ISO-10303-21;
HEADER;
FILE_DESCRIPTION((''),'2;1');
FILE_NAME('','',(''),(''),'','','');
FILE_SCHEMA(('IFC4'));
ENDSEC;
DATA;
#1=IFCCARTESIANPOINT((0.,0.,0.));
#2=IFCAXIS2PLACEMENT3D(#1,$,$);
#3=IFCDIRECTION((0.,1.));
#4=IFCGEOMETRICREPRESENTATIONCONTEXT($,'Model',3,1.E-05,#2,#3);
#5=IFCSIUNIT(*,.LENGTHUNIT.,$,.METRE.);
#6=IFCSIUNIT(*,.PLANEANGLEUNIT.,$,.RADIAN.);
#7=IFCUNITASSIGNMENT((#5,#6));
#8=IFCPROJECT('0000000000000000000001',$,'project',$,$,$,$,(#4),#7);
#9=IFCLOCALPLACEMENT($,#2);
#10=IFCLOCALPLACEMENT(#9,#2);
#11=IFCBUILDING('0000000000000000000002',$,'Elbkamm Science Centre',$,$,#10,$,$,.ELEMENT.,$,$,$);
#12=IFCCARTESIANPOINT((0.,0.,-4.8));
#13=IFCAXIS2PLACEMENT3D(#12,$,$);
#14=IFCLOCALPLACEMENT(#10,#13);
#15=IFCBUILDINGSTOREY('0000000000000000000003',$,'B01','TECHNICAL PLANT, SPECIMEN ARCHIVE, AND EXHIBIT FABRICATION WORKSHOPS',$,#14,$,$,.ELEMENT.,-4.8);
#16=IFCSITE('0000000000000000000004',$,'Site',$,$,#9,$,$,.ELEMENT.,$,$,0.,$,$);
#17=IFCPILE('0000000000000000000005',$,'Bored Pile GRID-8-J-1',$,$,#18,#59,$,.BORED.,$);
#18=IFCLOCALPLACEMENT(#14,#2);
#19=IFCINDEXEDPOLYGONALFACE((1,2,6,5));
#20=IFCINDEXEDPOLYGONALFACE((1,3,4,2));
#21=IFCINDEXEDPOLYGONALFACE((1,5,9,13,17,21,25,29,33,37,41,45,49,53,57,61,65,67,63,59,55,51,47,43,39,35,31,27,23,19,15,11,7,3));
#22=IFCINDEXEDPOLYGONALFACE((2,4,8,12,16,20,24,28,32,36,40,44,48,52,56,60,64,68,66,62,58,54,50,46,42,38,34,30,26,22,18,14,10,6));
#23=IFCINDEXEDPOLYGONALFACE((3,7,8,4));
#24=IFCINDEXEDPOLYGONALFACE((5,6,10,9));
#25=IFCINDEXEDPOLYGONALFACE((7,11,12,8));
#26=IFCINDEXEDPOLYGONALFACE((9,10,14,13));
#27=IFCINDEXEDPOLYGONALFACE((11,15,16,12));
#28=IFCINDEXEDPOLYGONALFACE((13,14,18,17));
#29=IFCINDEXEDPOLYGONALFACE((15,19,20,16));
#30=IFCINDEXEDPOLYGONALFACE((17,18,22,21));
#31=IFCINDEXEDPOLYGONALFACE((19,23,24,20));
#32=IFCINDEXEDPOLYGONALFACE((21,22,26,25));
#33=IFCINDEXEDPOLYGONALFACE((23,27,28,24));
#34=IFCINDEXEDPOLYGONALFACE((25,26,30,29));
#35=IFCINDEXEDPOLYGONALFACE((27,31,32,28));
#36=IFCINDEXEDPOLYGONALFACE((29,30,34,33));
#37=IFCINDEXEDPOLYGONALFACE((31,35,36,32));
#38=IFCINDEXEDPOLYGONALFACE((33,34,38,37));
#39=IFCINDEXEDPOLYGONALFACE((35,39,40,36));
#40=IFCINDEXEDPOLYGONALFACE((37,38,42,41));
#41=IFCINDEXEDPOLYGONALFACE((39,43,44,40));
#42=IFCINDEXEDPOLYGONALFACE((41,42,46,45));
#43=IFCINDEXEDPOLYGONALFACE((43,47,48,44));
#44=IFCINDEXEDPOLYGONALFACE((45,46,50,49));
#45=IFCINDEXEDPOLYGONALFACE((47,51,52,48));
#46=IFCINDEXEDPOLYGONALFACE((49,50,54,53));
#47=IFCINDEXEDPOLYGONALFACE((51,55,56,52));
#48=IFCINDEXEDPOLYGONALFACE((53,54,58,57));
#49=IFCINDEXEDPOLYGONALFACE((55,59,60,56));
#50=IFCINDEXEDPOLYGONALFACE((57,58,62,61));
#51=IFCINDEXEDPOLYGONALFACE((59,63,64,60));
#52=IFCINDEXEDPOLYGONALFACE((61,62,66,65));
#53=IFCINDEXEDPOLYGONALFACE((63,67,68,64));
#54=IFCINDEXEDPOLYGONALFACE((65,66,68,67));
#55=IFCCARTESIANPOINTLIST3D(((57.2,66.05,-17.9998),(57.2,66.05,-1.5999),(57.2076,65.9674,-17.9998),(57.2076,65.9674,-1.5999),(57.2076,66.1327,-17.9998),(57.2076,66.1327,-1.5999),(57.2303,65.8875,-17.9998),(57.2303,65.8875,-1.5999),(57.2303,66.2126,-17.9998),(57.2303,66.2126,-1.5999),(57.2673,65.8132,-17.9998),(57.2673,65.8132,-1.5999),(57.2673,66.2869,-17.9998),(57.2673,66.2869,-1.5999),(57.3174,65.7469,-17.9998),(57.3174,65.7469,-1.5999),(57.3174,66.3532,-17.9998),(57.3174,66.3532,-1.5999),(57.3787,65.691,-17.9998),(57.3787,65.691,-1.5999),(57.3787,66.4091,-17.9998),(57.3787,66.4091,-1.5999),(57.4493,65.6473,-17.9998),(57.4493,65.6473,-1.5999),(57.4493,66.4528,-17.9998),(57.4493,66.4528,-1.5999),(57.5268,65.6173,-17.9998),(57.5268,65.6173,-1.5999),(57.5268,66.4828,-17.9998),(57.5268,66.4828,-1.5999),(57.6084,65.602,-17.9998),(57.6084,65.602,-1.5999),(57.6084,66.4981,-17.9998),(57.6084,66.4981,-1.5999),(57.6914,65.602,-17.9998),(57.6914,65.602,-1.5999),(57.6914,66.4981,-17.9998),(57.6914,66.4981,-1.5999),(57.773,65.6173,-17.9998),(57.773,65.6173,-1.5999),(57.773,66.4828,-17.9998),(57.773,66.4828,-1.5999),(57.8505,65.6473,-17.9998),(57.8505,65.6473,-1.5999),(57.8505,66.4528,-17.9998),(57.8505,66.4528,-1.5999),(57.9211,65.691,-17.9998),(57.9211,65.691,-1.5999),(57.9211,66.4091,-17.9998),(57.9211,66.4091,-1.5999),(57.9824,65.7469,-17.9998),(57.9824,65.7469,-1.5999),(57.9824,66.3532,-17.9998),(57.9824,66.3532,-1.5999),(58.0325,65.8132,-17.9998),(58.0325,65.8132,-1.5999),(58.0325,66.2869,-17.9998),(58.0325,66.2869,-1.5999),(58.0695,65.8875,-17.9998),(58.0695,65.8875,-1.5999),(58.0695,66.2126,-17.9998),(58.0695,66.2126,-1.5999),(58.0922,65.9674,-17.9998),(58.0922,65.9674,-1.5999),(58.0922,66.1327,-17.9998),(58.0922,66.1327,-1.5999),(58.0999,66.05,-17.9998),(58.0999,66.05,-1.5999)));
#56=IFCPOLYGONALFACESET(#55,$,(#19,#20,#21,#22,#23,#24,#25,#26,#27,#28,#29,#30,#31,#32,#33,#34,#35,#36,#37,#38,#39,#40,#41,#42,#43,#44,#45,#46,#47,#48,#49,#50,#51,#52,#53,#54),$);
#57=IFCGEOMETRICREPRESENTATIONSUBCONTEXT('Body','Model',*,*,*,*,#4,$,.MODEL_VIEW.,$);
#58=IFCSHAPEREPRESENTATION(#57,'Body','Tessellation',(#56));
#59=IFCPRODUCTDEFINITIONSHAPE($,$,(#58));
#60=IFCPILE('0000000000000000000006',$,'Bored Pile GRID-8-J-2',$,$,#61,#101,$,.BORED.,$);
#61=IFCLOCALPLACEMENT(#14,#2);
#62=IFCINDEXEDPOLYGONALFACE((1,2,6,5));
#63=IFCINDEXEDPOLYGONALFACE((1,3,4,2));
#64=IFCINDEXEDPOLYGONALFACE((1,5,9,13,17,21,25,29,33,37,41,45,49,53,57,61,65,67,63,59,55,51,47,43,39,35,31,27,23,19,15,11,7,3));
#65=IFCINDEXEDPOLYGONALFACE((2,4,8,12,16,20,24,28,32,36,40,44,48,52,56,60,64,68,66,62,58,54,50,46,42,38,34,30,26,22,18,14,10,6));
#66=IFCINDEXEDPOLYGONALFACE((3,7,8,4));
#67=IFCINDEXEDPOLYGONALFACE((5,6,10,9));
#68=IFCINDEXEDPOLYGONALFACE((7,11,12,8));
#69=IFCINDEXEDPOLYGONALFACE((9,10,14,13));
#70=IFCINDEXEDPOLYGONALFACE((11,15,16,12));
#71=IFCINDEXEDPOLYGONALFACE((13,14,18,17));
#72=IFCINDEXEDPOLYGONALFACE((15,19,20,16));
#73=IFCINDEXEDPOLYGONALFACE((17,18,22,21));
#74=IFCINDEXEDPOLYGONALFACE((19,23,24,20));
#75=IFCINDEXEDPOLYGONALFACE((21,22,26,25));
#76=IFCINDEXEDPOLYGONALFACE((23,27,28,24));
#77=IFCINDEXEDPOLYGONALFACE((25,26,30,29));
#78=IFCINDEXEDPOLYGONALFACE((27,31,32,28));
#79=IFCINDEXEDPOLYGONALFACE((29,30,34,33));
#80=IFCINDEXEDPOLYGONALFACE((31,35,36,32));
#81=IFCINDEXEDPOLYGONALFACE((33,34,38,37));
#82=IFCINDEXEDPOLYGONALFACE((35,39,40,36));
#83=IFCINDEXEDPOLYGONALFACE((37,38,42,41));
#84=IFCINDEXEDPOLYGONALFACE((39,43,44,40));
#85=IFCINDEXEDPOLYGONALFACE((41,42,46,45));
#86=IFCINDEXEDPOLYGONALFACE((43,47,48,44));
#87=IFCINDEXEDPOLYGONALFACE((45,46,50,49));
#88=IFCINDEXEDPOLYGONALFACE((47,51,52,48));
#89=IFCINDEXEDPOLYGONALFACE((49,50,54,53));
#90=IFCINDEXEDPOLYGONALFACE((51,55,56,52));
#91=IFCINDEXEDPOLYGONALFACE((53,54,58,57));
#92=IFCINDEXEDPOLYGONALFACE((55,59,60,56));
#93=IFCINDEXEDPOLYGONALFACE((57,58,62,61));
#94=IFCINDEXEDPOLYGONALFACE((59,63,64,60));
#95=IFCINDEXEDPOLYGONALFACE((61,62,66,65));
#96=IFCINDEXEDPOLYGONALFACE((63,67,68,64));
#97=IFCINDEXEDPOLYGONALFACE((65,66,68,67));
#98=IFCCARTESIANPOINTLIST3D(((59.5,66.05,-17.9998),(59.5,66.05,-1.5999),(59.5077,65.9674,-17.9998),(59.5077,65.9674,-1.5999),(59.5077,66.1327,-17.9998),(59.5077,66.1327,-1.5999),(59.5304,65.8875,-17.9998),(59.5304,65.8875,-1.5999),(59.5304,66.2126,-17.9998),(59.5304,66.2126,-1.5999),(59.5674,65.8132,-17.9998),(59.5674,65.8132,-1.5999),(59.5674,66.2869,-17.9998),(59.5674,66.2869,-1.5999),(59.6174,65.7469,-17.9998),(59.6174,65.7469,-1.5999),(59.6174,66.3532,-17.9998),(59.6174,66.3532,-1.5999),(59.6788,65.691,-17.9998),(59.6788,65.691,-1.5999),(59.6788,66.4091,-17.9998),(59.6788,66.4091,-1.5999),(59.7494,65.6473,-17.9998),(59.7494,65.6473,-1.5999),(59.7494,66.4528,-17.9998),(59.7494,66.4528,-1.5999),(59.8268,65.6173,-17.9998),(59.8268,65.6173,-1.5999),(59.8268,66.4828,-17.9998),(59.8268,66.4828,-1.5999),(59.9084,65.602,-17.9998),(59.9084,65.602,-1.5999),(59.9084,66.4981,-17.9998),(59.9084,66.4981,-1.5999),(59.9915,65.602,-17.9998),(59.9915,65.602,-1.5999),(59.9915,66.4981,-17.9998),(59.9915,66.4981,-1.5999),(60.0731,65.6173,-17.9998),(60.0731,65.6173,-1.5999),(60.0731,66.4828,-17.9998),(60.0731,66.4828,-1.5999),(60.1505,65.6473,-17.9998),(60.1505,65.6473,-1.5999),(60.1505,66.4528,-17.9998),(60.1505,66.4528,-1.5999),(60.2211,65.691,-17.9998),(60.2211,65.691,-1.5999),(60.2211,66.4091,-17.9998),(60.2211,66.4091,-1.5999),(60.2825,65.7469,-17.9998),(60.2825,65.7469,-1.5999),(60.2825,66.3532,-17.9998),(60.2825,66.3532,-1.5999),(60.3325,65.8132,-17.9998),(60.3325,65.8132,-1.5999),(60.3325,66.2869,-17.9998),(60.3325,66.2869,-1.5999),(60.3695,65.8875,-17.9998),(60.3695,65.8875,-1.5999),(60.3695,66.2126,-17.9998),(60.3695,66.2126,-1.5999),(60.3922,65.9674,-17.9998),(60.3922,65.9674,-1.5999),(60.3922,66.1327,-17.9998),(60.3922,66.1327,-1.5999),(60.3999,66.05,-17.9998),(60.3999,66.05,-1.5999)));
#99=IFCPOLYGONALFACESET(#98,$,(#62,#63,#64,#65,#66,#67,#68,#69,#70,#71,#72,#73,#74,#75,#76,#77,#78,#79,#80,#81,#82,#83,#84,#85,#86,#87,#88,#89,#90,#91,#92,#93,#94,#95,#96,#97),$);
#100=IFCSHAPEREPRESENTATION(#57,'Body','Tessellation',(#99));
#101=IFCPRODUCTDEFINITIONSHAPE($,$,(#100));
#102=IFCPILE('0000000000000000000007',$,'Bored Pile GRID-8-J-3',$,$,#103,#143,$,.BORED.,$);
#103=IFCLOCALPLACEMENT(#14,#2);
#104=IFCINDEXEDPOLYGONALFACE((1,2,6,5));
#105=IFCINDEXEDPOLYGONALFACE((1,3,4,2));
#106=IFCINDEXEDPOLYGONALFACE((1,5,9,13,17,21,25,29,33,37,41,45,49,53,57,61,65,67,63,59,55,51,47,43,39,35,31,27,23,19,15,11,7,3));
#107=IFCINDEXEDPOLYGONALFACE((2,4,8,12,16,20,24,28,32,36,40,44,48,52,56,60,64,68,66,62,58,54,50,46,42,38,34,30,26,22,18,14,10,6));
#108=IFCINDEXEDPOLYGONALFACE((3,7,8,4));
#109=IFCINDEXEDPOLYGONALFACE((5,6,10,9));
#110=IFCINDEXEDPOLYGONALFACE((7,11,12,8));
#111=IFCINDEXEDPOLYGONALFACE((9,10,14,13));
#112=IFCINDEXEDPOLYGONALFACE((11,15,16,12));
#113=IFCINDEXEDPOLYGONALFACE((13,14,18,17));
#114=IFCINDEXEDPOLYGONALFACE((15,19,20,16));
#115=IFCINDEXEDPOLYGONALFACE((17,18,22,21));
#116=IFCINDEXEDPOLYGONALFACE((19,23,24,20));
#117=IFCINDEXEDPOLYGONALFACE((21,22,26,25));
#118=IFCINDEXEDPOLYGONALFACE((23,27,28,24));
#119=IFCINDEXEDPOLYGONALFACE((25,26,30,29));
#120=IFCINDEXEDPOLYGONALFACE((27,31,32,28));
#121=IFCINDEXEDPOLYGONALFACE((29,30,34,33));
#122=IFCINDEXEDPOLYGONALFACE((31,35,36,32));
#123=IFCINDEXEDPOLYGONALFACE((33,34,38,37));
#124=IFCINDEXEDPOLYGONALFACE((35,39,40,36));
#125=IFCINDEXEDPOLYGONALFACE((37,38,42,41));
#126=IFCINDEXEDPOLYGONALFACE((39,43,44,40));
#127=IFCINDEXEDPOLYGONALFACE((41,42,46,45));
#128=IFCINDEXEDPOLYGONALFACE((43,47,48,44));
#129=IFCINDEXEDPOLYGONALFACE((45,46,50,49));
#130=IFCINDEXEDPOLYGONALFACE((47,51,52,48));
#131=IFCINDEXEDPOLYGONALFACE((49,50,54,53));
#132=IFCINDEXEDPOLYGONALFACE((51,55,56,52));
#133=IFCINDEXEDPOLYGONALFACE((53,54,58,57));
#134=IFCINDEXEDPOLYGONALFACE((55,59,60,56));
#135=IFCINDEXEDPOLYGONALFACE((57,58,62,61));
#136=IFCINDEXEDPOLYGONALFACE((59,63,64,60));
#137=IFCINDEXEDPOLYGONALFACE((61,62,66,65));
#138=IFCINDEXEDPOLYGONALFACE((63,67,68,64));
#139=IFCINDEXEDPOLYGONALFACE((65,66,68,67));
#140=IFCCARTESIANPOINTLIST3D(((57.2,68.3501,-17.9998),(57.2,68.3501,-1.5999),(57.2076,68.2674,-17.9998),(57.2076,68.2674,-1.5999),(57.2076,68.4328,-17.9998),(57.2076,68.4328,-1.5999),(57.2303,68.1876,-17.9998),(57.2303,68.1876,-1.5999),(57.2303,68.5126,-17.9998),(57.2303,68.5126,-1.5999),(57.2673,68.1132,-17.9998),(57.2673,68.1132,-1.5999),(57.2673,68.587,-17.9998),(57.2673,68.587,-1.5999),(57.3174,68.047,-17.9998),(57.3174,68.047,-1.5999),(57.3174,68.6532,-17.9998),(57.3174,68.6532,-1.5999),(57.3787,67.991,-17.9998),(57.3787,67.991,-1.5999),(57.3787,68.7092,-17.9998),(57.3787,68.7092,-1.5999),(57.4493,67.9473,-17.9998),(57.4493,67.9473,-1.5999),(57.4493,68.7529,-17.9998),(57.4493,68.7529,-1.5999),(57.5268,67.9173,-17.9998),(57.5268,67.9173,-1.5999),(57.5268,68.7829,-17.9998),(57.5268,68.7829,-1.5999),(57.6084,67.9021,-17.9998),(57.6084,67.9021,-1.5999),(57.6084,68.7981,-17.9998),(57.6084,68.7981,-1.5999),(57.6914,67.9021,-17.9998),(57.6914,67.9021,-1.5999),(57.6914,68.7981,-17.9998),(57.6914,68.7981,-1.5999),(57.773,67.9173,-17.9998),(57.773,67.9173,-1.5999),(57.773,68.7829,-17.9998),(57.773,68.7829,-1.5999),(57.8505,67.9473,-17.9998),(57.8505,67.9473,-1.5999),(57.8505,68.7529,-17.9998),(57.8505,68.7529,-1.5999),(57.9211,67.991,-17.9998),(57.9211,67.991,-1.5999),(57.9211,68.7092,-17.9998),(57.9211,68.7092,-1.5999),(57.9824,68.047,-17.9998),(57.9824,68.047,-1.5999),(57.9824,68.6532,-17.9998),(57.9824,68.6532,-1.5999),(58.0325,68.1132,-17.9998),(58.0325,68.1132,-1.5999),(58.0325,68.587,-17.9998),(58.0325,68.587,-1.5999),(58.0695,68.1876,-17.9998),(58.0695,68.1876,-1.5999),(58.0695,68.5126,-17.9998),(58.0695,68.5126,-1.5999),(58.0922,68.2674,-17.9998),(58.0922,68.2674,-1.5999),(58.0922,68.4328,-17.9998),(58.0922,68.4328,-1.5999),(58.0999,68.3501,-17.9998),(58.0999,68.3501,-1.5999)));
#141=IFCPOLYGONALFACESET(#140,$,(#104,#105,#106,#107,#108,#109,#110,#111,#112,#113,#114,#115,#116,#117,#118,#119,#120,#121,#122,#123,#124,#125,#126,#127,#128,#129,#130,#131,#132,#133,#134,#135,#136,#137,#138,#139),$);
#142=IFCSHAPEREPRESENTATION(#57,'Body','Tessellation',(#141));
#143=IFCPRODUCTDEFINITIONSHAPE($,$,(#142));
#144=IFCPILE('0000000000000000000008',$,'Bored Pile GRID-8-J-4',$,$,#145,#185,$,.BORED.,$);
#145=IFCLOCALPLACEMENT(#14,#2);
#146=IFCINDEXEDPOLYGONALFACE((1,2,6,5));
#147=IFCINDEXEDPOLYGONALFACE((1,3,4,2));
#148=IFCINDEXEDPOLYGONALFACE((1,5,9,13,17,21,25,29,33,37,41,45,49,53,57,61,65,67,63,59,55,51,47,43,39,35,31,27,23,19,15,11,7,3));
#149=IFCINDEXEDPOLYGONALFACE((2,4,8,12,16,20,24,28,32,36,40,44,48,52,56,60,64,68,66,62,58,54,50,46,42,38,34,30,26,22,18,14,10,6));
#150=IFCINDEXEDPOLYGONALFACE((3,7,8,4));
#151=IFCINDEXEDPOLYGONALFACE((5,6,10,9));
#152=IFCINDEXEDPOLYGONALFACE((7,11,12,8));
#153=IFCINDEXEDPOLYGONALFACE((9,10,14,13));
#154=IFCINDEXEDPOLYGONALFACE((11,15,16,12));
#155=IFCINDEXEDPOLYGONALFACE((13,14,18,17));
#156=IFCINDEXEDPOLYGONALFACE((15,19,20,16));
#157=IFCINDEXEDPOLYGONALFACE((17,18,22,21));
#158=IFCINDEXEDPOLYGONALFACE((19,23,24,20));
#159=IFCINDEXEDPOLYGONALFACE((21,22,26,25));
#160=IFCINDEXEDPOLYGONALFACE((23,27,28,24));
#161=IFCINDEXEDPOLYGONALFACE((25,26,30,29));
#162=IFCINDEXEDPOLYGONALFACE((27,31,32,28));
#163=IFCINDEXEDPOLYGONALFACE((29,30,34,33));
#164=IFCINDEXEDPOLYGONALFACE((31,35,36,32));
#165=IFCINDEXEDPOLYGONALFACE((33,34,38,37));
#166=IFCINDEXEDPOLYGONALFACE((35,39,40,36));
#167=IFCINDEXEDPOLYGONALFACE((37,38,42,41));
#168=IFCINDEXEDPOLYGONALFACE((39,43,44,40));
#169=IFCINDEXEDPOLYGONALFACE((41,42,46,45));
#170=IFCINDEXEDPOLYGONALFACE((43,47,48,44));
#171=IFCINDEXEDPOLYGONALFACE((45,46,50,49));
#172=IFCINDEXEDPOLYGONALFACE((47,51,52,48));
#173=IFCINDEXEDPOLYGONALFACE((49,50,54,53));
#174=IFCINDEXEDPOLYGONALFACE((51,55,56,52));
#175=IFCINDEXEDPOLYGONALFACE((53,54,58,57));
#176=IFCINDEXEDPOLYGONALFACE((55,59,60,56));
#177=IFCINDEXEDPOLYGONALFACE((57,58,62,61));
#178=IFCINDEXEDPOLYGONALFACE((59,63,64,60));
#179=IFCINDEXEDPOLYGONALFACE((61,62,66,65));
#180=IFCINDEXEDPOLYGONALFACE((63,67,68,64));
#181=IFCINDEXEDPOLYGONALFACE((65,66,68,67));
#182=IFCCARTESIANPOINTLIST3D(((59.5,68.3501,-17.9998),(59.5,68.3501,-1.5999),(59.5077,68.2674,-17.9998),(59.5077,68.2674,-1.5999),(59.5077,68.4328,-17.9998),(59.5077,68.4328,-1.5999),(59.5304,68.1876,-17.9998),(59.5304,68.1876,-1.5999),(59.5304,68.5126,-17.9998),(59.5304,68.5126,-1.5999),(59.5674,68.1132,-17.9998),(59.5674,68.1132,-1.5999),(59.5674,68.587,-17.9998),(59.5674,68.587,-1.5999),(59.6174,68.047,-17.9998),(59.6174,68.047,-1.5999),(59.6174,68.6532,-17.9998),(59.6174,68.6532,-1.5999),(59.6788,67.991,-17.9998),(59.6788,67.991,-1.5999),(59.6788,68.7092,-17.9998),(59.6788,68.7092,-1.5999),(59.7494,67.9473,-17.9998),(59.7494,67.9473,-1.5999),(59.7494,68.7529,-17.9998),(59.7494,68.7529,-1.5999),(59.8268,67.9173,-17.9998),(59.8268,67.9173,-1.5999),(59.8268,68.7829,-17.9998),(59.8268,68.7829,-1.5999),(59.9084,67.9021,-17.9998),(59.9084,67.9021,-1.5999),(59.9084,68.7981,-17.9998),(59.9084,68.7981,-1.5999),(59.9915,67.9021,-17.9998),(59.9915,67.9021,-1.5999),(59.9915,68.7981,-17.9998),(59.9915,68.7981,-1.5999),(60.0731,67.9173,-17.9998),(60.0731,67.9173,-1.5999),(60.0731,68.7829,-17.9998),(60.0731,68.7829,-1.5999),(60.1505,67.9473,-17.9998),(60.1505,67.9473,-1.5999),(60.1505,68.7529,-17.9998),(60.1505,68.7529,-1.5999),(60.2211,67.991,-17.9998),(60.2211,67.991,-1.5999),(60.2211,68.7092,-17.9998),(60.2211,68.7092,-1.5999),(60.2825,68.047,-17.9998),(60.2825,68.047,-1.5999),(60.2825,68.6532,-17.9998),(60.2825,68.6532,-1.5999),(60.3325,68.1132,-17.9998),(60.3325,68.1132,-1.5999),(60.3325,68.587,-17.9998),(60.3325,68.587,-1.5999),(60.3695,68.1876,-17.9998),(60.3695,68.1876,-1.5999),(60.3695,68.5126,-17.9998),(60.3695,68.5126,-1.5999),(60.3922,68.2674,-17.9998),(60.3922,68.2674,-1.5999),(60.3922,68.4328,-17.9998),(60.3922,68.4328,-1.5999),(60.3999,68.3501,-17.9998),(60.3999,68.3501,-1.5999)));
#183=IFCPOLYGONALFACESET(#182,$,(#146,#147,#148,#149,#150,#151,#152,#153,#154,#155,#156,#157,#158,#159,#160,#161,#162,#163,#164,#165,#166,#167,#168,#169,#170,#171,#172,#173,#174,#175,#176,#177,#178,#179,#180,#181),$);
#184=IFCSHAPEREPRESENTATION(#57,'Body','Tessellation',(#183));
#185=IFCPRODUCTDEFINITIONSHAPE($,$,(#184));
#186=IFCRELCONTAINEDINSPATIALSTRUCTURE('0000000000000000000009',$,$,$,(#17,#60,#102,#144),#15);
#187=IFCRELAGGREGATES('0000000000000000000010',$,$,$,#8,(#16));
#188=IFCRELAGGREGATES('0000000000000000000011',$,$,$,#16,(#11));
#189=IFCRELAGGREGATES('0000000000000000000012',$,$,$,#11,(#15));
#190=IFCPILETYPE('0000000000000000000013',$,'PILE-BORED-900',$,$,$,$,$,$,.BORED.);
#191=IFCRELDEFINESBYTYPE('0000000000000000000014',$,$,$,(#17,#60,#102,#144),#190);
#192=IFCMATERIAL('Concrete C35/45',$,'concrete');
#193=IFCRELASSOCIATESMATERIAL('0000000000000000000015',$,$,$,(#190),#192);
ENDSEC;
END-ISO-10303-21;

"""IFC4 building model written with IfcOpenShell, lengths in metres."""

from ifc_helpers import new_model, si_unit, direction, frame, origin, origin_2d, place, context, subcontext, project, spatial, circle, extrude, material, material_profile, profile_set, type_object, element, save


model = new_model("IFC4")

# Units and contexts
model_context = context("Model", 3, precision=1e-05, world=origin(), true_north=direction((0.0, 1.0)))
body_context = subcontext(model_context, "Body", "Model", "MODEL_VIEW")
ifc_project = project(units=[si_unit("LENGTHUNIT", "METRE"), si_unit("PLANEANGLEUNIT", "RADIAN")], contexts=[model_context])

# Site, building, storey
site_placement = place(None, origin())
site = spatial("IfcSite", under=ifc_project, at=site_placement, Name="Site", CompositionType="ELEMENT", RefElevation=0.0)
building_placement = place(site_placement, origin())
building = spatial("IfcBuilding", under=site, at=building_placement, Name="Elbkamm Science Centre", CompositionType="ELEMENT")
storey_placement = place(building_placement, frame((0.0, 0.0, -4.8)))
storey = spatial("IfcBuildingStorey", under=building, at=storey_placement, Name="B01", Description="TECHNICAL PLANT, SPECIMEN ARCHIVE, AND EXHIBIT FABRICATION WORKSHOPS", CompositionType="ELEMENT", Elevation=-4.8)

# Shared definitions
ifc_material_1 = material(Name="Concrete C35/45", Category="concrete")

# Piles
ifc_material_profile_1 = material_profile(ifc_material_1, circle(Radius=0.45, at=origin_2d()), Name="PILE D900")
ifc_profile_set_1 = profile_set([ifc_material_profile_1], Name="Concrete C35/45")
pile_type = type_object("IfcPileType", Name="PILE-BORED-900", PredefinedType="BORED", material=ifc_profile_set_1)
for number, where, z_axis, x_axis, name in (
    (1, (57.6499, 66.05, -1.5999), (0.0, 0.0, -1.0), (1.0, 0.0, 0.0), "Bored Pile GRID-8-J-1"),
    (2, (59.95, 66.05, -1.5999), (0.0, 0.0, -1.0), (1.0, 0.0, 0.0), "Bored Pile GRID-8-J-2"),
    (3, (57.6499, 68.3501, -1.5999), (0.0, 0.0, -1.0), (1.0, 0.0, 0.0), "Bored Pile GRID-8-J-3"),
    (4, (59.95, 68.3501, -1.5999), (0.0, 0.0, -1.0), (1.0, 0.0, 0.0), "Bored Pile GRID-8-J-4"),
):
    element("IfcPile", number, at=place(storey_placement, frame(where, z_axis=z_axis, x_axis=x_axis)), inside=storey, type_object=pile_type, Name=name, PredefinedType="BORED", context=body_context, shape_type="SweptSolid", body=[
        extrude(circle(Radius=0.45, at=origin_2d()), origin(), (0.0, 0.0, 1.0), 16.3999),
    ])

save(model, "model.ifc")
